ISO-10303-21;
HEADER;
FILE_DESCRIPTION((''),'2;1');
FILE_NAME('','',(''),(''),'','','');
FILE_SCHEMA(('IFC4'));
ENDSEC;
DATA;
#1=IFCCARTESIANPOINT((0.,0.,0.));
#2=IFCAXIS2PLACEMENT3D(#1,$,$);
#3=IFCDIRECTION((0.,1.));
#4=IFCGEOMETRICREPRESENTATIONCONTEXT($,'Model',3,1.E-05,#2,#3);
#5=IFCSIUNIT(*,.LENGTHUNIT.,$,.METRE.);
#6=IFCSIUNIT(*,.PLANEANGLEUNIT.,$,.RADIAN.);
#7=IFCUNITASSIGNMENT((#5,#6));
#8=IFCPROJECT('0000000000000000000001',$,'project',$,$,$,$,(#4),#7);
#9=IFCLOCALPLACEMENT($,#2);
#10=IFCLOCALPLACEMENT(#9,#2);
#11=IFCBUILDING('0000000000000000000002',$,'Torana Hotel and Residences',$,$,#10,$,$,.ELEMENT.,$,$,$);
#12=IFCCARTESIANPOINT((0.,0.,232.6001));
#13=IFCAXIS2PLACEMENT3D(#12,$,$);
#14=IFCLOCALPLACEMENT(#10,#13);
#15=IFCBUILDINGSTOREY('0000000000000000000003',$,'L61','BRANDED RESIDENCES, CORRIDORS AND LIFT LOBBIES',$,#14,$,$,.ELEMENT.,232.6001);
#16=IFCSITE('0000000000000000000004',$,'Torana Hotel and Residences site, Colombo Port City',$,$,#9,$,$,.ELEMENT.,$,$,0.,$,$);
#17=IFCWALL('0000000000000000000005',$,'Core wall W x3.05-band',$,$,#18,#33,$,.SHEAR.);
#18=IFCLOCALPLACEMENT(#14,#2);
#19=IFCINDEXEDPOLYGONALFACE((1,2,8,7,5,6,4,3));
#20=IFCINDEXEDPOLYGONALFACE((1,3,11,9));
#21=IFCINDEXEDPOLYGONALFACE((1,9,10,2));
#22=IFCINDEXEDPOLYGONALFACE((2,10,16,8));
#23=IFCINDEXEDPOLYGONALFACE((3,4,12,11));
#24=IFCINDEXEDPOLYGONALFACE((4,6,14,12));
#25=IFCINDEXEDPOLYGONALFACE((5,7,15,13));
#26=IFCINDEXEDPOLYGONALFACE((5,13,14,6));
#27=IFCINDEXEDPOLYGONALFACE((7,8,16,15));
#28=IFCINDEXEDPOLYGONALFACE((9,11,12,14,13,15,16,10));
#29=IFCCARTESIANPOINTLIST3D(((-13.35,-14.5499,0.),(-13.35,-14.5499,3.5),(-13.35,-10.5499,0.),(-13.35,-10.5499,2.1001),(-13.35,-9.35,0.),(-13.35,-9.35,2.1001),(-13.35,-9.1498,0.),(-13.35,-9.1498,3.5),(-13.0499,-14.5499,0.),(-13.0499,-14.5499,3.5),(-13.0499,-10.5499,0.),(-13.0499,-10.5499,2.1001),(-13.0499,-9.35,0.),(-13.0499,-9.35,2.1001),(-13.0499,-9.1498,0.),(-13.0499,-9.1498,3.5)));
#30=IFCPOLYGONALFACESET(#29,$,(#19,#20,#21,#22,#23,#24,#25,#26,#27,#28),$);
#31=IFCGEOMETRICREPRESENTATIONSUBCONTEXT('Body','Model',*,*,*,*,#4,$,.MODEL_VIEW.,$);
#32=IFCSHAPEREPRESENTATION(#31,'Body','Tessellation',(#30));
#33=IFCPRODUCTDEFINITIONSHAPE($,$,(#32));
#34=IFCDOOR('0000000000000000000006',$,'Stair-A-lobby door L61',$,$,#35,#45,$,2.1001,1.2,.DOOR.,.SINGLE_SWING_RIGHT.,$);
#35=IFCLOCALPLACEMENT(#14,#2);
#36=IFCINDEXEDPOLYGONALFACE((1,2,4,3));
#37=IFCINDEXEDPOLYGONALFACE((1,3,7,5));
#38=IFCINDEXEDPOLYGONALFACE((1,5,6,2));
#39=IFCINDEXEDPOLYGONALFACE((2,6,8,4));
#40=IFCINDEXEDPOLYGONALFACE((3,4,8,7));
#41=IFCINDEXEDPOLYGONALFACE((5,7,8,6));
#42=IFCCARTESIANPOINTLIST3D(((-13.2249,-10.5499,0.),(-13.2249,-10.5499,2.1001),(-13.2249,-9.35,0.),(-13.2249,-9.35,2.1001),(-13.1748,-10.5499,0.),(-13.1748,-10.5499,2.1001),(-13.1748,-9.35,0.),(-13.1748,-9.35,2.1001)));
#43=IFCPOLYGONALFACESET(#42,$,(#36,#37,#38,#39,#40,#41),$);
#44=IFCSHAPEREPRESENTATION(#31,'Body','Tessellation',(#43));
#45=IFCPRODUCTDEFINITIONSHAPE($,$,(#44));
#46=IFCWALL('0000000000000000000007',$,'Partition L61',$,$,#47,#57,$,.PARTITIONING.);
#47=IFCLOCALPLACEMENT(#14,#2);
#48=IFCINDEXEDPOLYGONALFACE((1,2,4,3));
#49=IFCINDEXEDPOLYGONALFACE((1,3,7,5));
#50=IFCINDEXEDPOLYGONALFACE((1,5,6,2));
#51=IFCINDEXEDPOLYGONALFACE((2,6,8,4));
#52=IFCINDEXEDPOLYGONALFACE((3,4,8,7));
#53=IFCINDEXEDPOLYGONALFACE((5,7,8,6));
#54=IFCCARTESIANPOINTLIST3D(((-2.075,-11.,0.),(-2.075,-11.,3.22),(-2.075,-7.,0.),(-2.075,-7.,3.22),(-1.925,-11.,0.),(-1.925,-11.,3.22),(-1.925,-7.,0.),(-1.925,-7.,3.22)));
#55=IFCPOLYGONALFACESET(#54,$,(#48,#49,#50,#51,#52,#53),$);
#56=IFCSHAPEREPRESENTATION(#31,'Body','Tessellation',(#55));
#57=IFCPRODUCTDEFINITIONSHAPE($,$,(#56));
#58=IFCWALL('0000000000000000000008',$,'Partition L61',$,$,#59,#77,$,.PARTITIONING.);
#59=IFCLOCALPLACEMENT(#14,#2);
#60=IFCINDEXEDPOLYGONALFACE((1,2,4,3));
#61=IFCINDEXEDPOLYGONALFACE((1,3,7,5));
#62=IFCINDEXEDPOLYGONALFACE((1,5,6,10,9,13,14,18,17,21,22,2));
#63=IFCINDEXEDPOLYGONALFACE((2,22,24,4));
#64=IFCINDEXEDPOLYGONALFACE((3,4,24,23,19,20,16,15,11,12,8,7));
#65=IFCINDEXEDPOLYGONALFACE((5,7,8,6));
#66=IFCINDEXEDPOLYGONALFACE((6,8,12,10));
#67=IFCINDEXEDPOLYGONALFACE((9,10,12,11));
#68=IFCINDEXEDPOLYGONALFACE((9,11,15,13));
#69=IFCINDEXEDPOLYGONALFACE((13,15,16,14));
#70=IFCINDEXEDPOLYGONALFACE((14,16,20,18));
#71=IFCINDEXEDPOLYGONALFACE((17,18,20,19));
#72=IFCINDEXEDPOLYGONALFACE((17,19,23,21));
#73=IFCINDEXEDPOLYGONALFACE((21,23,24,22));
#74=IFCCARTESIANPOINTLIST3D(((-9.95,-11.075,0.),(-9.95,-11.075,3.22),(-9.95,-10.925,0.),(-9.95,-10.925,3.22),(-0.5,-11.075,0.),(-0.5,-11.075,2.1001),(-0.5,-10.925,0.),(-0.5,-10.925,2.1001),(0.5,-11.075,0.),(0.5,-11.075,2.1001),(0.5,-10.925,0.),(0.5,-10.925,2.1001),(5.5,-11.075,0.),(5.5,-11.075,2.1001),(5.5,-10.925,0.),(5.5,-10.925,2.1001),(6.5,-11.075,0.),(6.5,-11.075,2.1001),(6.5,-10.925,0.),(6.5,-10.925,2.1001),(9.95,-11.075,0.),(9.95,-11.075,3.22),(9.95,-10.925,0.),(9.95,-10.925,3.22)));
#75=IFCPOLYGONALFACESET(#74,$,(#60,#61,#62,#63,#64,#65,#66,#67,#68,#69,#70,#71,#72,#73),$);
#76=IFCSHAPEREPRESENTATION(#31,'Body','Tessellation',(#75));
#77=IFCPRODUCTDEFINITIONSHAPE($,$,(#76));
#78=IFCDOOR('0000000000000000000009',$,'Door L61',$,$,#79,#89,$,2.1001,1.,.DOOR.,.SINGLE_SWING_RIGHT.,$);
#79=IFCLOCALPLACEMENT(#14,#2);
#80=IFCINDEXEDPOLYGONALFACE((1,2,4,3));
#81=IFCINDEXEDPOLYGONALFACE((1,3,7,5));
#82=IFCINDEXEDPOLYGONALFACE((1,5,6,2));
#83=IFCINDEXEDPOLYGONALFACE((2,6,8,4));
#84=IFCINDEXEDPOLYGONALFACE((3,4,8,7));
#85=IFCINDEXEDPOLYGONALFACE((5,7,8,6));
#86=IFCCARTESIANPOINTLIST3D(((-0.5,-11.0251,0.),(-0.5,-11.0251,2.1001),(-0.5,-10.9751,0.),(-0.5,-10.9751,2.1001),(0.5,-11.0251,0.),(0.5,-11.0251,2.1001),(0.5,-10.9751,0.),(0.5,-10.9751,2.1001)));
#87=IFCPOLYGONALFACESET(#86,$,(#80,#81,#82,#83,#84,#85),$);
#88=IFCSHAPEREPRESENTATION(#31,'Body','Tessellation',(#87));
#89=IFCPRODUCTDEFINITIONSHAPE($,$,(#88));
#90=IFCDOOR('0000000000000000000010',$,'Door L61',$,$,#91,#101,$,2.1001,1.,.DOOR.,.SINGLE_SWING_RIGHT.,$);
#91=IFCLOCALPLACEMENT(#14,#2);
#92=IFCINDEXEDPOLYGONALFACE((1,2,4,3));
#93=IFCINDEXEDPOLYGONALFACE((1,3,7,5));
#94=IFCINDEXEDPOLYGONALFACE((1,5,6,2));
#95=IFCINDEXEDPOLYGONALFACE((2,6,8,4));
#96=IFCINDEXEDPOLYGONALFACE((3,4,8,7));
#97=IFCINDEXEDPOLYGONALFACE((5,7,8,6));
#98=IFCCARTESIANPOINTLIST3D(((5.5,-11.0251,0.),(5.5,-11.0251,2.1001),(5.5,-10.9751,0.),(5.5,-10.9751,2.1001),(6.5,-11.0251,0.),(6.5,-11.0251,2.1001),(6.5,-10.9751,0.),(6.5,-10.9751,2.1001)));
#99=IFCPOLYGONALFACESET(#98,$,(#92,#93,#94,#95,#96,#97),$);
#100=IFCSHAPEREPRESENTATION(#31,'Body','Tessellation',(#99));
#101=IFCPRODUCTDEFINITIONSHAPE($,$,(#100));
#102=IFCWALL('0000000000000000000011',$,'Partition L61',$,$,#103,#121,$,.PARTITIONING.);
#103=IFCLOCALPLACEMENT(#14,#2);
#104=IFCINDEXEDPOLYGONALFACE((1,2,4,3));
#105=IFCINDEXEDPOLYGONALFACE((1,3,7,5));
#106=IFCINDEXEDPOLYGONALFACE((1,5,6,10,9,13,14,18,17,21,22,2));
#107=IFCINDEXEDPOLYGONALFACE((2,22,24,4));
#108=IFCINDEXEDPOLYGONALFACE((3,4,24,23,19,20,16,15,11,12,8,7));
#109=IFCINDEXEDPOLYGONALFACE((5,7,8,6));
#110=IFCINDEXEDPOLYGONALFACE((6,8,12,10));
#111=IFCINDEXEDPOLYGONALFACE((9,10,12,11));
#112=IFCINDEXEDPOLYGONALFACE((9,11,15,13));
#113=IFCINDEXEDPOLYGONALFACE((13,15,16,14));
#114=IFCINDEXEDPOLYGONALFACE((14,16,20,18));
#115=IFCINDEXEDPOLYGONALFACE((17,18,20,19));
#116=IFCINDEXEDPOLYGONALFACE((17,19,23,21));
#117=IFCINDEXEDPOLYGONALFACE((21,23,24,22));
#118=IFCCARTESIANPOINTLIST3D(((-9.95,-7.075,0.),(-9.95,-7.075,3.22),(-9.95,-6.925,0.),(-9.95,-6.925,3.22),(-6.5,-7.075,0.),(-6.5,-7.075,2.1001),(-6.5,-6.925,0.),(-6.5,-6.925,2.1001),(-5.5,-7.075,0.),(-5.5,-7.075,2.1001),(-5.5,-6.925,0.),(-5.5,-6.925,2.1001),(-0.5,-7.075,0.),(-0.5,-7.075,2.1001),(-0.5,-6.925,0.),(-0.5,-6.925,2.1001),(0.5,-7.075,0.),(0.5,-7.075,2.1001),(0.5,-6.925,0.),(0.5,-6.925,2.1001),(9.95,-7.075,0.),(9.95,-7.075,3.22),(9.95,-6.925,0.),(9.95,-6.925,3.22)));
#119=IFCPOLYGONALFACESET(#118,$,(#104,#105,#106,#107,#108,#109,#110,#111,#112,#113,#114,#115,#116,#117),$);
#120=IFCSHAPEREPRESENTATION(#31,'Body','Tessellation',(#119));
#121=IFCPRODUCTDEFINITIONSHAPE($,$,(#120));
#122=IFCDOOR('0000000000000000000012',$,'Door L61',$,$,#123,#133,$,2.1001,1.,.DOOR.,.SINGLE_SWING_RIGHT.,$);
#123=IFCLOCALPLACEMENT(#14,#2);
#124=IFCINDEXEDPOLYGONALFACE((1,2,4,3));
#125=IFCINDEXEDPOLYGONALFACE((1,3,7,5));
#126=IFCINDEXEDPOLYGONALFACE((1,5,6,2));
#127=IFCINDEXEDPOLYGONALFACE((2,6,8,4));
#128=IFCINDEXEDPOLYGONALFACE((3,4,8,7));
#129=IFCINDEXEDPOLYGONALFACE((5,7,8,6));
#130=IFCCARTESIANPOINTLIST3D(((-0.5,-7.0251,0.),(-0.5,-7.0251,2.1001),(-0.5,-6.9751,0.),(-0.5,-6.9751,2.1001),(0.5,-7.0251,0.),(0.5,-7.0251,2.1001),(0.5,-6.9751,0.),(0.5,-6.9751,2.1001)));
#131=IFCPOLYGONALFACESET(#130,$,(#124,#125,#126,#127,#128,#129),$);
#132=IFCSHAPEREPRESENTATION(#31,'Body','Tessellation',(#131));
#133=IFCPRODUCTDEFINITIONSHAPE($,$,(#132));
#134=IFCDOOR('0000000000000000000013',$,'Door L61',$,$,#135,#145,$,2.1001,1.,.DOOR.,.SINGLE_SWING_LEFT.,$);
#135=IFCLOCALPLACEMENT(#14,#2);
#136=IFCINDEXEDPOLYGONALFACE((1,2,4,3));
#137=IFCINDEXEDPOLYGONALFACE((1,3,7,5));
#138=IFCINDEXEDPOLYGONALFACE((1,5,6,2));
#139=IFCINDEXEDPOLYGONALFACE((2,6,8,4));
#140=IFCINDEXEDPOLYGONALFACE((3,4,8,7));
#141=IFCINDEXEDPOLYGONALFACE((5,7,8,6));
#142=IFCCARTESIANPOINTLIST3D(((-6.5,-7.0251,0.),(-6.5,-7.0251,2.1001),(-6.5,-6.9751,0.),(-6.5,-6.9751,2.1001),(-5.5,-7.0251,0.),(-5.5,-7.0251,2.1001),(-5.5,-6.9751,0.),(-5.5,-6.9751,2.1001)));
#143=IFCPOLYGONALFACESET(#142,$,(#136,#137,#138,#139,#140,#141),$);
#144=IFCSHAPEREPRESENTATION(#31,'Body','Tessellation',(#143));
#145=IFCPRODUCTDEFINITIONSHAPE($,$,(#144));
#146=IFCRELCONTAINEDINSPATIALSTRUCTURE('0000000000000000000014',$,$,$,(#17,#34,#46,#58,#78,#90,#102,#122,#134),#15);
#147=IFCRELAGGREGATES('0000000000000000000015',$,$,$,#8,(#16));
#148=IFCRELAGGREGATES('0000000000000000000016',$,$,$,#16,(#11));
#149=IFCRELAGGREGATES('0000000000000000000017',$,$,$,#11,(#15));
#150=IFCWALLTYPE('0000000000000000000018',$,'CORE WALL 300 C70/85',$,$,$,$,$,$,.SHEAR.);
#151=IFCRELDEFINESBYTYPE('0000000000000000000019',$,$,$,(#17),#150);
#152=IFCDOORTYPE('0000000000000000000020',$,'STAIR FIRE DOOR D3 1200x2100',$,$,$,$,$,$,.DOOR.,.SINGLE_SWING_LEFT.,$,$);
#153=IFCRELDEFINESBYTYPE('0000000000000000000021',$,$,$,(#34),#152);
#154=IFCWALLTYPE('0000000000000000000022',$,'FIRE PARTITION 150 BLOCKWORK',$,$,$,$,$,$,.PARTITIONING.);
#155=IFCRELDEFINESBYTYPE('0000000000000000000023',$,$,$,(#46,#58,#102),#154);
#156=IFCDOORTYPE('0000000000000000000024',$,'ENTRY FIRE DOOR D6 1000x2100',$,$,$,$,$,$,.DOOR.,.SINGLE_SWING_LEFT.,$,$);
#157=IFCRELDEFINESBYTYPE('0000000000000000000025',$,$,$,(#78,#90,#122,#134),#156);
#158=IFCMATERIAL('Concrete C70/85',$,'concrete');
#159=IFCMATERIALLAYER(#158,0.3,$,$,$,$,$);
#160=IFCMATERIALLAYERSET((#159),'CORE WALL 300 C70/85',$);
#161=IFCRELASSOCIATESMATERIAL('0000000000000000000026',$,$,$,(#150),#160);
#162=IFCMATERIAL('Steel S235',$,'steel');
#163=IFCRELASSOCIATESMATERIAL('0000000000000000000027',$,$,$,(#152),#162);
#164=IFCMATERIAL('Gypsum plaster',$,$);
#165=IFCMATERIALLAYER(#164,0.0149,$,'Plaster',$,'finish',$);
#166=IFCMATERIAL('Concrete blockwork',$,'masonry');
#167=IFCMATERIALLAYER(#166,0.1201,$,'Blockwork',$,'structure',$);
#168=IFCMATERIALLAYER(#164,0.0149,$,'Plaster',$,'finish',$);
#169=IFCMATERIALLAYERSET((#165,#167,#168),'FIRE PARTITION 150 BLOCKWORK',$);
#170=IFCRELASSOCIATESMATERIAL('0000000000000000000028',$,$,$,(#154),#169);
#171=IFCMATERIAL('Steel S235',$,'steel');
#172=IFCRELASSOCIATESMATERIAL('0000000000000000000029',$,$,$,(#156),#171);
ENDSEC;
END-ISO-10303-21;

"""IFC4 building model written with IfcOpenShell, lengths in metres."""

from ifc_helpers import new_model, si_unit, direction, frame, frame_2d, origin, place, context, subcontext, project, spatial, rectangle, extrude, material, layer, layer_set, type_object, element, fill, save


model = new_model("IFC4")

# Units and contexts
model_context = context("Model", 3, precision=1e-05, world=origin(), true_north=direction((0.0, 1.0)))
body_context = subcontext(model_context, "Body", "Model", "MODEL_VIEW")
ifc_project = project(units=[si_unit("LENGTHUNIT", "METRE"), si_unit("PLANEANGLEUNIT", "RADIAN")], contexts=[model_context])

# Site, building, storey
site_placement = place(None, origin())
site = spatial("IfcSite", under=ifc_project, at=site_placement, Name="Torana Hotel and Residences site, Colombo Port City", CompositionType="ELEMENT", RefElevation=0.0)
building_placement = place(site_placement, origin())
building = spatial("IfcBuilding", under=site, at=building_placement, Name="Torana Hotel and Residences", CompositionType="ELEMENT")
storey_placement = place(building_placement, frame((0.0, 0.0, 232.6001)))
storey = spatial("IfcBuildingStorey", under=building, at=storey_placement, Name="L61", Description="BRANDED RESIDENCES, CORRIDORS AND LIFT LOBBIES", CompositionType="ELEMENT", Elevation=232.6001)

# Shared definitions
ifc_material_1 = material(Name="Concrete C70/85", Category="concrete")
ifc_layer_1 = layer(ifc_material_1, 0.3)
ifc_layer_set_1 = layer_set([ifc_layer_1], Name="CORE WALL 300 C70/85")
wall_type_1 = type_object("IfcWallType", Name="CORE WALL 300 C70/85", PredefinedType="SHEAR", material=ifc_layer_set_1)

# Wall, opening, door
wall_1_placement = place(storey_placement, frame((-13.2, -14.55, 0.0), z_axis=(0.0, 0.0, 1.0), x_axis=(0.0, 1.0, 0.0)))
wall_1 = element("IfcWall", 1, at=wall_1_placement, inside=storey, type_object=wall_type_1, Name="Core wall W x3.05-band", PredefinedType="SHEAR", context=body_context, shape_type="SweptSolid", body=[
    extrude(rectangle(XDim=5.4001, YDim=0.3, at=frame_2d((2.7002, 0.0))), origin(), (0.0, 0.0, 1.0), 3.5),
])
opening_1_placement = place(wall_1_placement, frame((4.0, 0.0, 0.0)))
opening_1 = element("IfcOpeningElement", 2, at=opening_1_placement, cuts=wall_1, PredefinedType="OPENING", context=body_context, shape_type="SweptSolid", body=[
    extrude(rectangle(XDim=1.2, YDim=2.1001, at=frame_2d((0.6001, 1.05))), frame((0.0, 0.1599, 0.0), z_axis=(0.0, -1.0, 0.0), x_axis=(1.0, 0.0, 0.0)), (0.0, 0.0, 1.0), 0.3201),
])
ifc_material_2 = material(Name="Steel S235", Category="steel")
door_type_1 = type_object("IfcDoorType", Name="STAIR FIRE DOOR D3 1200x2100", OperationType="SINGLE_SWING_LEFT", PredefinedType="DOOR", material=ifc_material_2)
door_1_placement = place(opening_1_placement, frame((0.6001, 0.0, 0.0), z_axis=(0.0, 0.0, 1.0), x_axis=(-1.0, 0.0, 0.0)))
door_1 = element("IfcDoor", 3, at=door_1_placement, inside=storey, type_object=door_type_1, Name="Stair-A-lobby door L61", OperationType="SINGLE_SWING_RIGHT", OverallHeight=2.1001, OverallWidth=1.2, PredefinedType="DOOR", context=body_context, shape_type="SweptSolid", body=[
    extrude(rectangle(XDim=1.2, YDim=2.1001, at=frame_2d((0.0, 1.05))), frame((0.0, -0.0249, 0.0), z_axis=(0.0, 1.0, 0.0), x_axis=(-1.0, 0.0, 0.0)), (0.0, 0.0, 1.0), 0.05),
])
fill(opening_1, door_1)

# Wall
ifc_material_3 = material(Name="Gypsum plaster")
ifc_layer_2 = layer(ifc_material_3, 0.0149, Name="Plaster", Category="finish")
ifc_material_4 = material(Name="Concrete blockwork", Category="masonry")
ifc_layer_3 = layer(ifc_material_4, 0.1201, Name="Blockwork", Category="structure")
ifc_layer_4 = layer(ifc_material_3, 0.0149, Name="Plaster", Category="finish")
ifc_layer_set_2 = layer_set([ifc_layer_2, ifc_layer_3, ifc_layer_4], Name="FIRE PARTITION 150 BLOCKWORK")
wall_type_2 = type_object("IfcWallType", Name="FIRE PARTITION 150 BLOCKWORK", PredefinedType="PARTITIONING", material=ifc_layer_set_2)
wall_2_placement = place(storey_placement, frame((-2.0, -11.0, 0.0), z_axis=(0.0, 0.0, 1.0), x_axis=(0.0, 1.0, 0.0)))
element("IfcWall", 4, at=wall_2_placement, inside=storey, type_object=wall_type_2, Name="Partition L61", PredefinedType="PARTITIONING", context=body_context, shape_type="SweptSolid", body=[
    extrude(rectangle(XDim=4.0, YDim=0.1499, at=frame_2d((2.0, 0.0))), origin(), (0.0, 0.0, 1.0), 3.22),
])

# Walls, openings, doors
wall_3_placement = place(storey_placement, frame((-9.95, -11.0, 0.0), z_axis=(0.0, 0.0, 1.0), x_axis=(1.0, 0.0, 0.0)))
wall_3 = element("IfcWall", 5, at=wall_3_placement, inside=storey, type_object=wall_type_2, Name="Partition L61", PredefinedType="PARTITIONING", context=body_context, shape_type="SweptSolid", body=[
    extrude(rectangle(XDim=19.8999, YDim=0.1499, at=frame_2d((9.95, 0.0))), origin(), (0.0, 0.0, 1.0), 3.22),
])
opening_2_placement = place(wall_3_placement, frame((9.45, 0.0, 0.0)))
opening_2 = element("IfcOpeningElement", 6, at=opening_2_placement, cuts=wall_3, PredefinedType="OPENING", context=body_context, shape_type="SweptSolid", body=[
    extrude(rectangle(XDim=1.0, YDim=2.1001, at=frame_2d((0.5, 1.05))), frame((0.0, 0.085, 0.0), z_axis=(0.0, -1.0, 0.0), x_axis=(1.0, 0.0, 0.0)), (0.0, 0.0, 1.0), 0.1699),
])
opening_3_placement = place(wall_3_placement, frame((15.45, 0.0, 0.0)))
opening_3 = element("IfcOpeningElement", 7, at=opening_3_placement, cuts=wall_3, PredefinedType="OPENING", context=body_context, shape_type="SweptSolid", body=[
    extrude(rectangle(XDim=1.0, YDim=2.1001, at=frame_2d((0.5, 1.05))), frame((0.0, 0.085, 0.0), z_axis=(0.0, -1.0, 0.0), x_axis=(1.0, 0.0, 0.0)), (0.0, 0.0, 1.0), 0.1699),
])
ifc_material_5 = material(Name="Steel S235", Category="steel")
door_type_2 = type_object("IfcDoorType", Name="ENTRY FIRE DOOR D6 1000x2100", OperationType="SINGLE_SWING_LEFT", PredefinedType="DOOR", material=ifc_material_5)
door_2_placement = place(opening_2_placement, origin())
door_2 = element("IfcDoor", 8, at=door_2_placement, inside=storey, type_object=door_type_2, Name="Door L61", OperationType="SINGLE_SWING_RIGHT", OverallHeight=2.1001, OverallWidth=1.0, PredefinedType="DOOR", context=body_context, shape_type="SweptSolid", body=[
    extrude(rectangle(XDim=1.0, YDim=2.1001, at=frame_2d((0.5, 1.05))), frame((0.0, 0.0249, 0.0), z_axis=(0.0, -1.0, 0.0), x_axis=(1.0, 0.0, 0.0)), (0.0, 0.0, 1.0), 0.05),
])
fill(opening_2, door_2)
door_3_placement = place(opening_3_placement, origin())
door_3 = element("IfcDoor", 9, at=door_3_placement, inside=storey, type_object=door_type_2, Name="Door L61", OperationType="SINGLE_SWING_RIGHT", OverallHeight=2.1001, OverallWidth=1.0, PredefinedType="DOOR", context=body_context, shape_type="SweptSolid", body=[
    extrude(rectangle(XDim=1.0, YDim=2.1001, at=frame_2d((0.5, 1.05))), frame((0.0, 0.0249, 0.0), z_axis=(0.0, -1.0, 0.0), x_axis=(1.0, 0.0, 0.0)), (0.0, 0.0, 1.0), 0.05),
])
fill(opening_3, door_3)
wall_4_placement = place(storey_placement, frame((-9.95, -7.0, 0.0), z_axis=(0.0, 0.0, 1.0), x_axis=(1.0, 0.0, 0.0)))
wall_4 = element("IfcWall", 10, at=wall_4_placement, inside=storey, type_object=wall_type_2, Name="Partition L61", PredefinedType="PARTITIONING", context=body_context, shape_type="SweptSolid", body=[
    extrude(rectangle(XDim=19.8999, YDim=0.1499, at=frame_2d((9.95, 0.0))), origin(), (0.0, 0.0, 1.0), 3.22),
])
opening_4_placement = place(wall_4_placement, frame((9.45, 0.0, 0.0)))
opening_4 = element("IfcOpeningElement", 11, at=opening_4_placement, cuts=wall_4, PredefinedType="OPENING", context=body_context, shape_type="SweptSolid", body=[
    extrude(rectangle(XDim=1.0, YDim=2.1001, at=frame_2d((0.5, 1.05))), frame((0.0, 0.085, 0.0), z_axis=(0.0, -1.0, 0.0), x_axis=(1.0, 0.0, 0.0)), (0.0, 0.0, 1.0), 0.1699),
])
opening_5_placement = place(wall_4_placement, frame((3.45, 0.0, 0.0)))
opening_5 = element("IfcOpeningElement", 12, at=opening_5_placement, cuts=wall_4, PredefinedType="OPENING", context=body_context, shape_type="SweptSolid", body=[
    extrude(rectangle(XDim=1.0, YDim=2.1001, at=frame_2d((0.5, 1.05))), frame((0.0, 0.085, 0.0), z_axis=(0.0, -1.0, 0.0), x_axis=(1.0, 0.0, 0.0)), (0.0, 0.0, 1.0), 0.1699),
])
door_4_placement = place(opening_4_placement, origin())
door_4 = element("IfcDoor", 13, at=door_4_placement, inside=storey, type_object=door_type_2, Name="Door L61", OperationType="SINGLE_SWING_RIGHT", OverallHeight=2.1001, OverallWidth=1.0, PredefinedType="DOOR", context=body_context, shape_type="SweptSolid", body=[
    extrude(rectangle(XDim=1.0, YDim=2.1001, at=frame_2d((0.5, 1.05))), frame((0.0, 0.0249, 0.0), z_axis=(0.0, -1.0, 0.0), x_axis=(1.0, 0.0, 0.0)), (0.0, 0.0, 1.0), 0.05),
])
fill(opening_4, door_4)
door_5_placement = place(opening_5_placement, frame((0.5, 0.0, 0.0), z_axis=(0.0, 0.0, 1.0), x_axis=(-1.0, 0.0, 0.0)))
door_5 = element("IfcDoor", 14, at=door_5_placement, inside=storey, type_object=door_type_2, Name="Door L61", OperationType="SINGLE_SWING_LEFT", OverallHeight=2.1001, OverallWidth=1.0, PredefinedType="DOOR", context=body_context, shape_type="SweptSolid", body=[
    extrude(rectangle(XDim=1.0, YDim=2.1001, at=frame_2d((0.0, 1.05))), frame((0.0, -0.0249, 0.0), z_axis=(0.0, 1.0, 0.0), x_axis=(-1.0, 0.0, 0.0)), (0.0, 0.0, 1.0), 0.05),
])
fill(opening_5, door_5)

save(model, "model.ifc")
